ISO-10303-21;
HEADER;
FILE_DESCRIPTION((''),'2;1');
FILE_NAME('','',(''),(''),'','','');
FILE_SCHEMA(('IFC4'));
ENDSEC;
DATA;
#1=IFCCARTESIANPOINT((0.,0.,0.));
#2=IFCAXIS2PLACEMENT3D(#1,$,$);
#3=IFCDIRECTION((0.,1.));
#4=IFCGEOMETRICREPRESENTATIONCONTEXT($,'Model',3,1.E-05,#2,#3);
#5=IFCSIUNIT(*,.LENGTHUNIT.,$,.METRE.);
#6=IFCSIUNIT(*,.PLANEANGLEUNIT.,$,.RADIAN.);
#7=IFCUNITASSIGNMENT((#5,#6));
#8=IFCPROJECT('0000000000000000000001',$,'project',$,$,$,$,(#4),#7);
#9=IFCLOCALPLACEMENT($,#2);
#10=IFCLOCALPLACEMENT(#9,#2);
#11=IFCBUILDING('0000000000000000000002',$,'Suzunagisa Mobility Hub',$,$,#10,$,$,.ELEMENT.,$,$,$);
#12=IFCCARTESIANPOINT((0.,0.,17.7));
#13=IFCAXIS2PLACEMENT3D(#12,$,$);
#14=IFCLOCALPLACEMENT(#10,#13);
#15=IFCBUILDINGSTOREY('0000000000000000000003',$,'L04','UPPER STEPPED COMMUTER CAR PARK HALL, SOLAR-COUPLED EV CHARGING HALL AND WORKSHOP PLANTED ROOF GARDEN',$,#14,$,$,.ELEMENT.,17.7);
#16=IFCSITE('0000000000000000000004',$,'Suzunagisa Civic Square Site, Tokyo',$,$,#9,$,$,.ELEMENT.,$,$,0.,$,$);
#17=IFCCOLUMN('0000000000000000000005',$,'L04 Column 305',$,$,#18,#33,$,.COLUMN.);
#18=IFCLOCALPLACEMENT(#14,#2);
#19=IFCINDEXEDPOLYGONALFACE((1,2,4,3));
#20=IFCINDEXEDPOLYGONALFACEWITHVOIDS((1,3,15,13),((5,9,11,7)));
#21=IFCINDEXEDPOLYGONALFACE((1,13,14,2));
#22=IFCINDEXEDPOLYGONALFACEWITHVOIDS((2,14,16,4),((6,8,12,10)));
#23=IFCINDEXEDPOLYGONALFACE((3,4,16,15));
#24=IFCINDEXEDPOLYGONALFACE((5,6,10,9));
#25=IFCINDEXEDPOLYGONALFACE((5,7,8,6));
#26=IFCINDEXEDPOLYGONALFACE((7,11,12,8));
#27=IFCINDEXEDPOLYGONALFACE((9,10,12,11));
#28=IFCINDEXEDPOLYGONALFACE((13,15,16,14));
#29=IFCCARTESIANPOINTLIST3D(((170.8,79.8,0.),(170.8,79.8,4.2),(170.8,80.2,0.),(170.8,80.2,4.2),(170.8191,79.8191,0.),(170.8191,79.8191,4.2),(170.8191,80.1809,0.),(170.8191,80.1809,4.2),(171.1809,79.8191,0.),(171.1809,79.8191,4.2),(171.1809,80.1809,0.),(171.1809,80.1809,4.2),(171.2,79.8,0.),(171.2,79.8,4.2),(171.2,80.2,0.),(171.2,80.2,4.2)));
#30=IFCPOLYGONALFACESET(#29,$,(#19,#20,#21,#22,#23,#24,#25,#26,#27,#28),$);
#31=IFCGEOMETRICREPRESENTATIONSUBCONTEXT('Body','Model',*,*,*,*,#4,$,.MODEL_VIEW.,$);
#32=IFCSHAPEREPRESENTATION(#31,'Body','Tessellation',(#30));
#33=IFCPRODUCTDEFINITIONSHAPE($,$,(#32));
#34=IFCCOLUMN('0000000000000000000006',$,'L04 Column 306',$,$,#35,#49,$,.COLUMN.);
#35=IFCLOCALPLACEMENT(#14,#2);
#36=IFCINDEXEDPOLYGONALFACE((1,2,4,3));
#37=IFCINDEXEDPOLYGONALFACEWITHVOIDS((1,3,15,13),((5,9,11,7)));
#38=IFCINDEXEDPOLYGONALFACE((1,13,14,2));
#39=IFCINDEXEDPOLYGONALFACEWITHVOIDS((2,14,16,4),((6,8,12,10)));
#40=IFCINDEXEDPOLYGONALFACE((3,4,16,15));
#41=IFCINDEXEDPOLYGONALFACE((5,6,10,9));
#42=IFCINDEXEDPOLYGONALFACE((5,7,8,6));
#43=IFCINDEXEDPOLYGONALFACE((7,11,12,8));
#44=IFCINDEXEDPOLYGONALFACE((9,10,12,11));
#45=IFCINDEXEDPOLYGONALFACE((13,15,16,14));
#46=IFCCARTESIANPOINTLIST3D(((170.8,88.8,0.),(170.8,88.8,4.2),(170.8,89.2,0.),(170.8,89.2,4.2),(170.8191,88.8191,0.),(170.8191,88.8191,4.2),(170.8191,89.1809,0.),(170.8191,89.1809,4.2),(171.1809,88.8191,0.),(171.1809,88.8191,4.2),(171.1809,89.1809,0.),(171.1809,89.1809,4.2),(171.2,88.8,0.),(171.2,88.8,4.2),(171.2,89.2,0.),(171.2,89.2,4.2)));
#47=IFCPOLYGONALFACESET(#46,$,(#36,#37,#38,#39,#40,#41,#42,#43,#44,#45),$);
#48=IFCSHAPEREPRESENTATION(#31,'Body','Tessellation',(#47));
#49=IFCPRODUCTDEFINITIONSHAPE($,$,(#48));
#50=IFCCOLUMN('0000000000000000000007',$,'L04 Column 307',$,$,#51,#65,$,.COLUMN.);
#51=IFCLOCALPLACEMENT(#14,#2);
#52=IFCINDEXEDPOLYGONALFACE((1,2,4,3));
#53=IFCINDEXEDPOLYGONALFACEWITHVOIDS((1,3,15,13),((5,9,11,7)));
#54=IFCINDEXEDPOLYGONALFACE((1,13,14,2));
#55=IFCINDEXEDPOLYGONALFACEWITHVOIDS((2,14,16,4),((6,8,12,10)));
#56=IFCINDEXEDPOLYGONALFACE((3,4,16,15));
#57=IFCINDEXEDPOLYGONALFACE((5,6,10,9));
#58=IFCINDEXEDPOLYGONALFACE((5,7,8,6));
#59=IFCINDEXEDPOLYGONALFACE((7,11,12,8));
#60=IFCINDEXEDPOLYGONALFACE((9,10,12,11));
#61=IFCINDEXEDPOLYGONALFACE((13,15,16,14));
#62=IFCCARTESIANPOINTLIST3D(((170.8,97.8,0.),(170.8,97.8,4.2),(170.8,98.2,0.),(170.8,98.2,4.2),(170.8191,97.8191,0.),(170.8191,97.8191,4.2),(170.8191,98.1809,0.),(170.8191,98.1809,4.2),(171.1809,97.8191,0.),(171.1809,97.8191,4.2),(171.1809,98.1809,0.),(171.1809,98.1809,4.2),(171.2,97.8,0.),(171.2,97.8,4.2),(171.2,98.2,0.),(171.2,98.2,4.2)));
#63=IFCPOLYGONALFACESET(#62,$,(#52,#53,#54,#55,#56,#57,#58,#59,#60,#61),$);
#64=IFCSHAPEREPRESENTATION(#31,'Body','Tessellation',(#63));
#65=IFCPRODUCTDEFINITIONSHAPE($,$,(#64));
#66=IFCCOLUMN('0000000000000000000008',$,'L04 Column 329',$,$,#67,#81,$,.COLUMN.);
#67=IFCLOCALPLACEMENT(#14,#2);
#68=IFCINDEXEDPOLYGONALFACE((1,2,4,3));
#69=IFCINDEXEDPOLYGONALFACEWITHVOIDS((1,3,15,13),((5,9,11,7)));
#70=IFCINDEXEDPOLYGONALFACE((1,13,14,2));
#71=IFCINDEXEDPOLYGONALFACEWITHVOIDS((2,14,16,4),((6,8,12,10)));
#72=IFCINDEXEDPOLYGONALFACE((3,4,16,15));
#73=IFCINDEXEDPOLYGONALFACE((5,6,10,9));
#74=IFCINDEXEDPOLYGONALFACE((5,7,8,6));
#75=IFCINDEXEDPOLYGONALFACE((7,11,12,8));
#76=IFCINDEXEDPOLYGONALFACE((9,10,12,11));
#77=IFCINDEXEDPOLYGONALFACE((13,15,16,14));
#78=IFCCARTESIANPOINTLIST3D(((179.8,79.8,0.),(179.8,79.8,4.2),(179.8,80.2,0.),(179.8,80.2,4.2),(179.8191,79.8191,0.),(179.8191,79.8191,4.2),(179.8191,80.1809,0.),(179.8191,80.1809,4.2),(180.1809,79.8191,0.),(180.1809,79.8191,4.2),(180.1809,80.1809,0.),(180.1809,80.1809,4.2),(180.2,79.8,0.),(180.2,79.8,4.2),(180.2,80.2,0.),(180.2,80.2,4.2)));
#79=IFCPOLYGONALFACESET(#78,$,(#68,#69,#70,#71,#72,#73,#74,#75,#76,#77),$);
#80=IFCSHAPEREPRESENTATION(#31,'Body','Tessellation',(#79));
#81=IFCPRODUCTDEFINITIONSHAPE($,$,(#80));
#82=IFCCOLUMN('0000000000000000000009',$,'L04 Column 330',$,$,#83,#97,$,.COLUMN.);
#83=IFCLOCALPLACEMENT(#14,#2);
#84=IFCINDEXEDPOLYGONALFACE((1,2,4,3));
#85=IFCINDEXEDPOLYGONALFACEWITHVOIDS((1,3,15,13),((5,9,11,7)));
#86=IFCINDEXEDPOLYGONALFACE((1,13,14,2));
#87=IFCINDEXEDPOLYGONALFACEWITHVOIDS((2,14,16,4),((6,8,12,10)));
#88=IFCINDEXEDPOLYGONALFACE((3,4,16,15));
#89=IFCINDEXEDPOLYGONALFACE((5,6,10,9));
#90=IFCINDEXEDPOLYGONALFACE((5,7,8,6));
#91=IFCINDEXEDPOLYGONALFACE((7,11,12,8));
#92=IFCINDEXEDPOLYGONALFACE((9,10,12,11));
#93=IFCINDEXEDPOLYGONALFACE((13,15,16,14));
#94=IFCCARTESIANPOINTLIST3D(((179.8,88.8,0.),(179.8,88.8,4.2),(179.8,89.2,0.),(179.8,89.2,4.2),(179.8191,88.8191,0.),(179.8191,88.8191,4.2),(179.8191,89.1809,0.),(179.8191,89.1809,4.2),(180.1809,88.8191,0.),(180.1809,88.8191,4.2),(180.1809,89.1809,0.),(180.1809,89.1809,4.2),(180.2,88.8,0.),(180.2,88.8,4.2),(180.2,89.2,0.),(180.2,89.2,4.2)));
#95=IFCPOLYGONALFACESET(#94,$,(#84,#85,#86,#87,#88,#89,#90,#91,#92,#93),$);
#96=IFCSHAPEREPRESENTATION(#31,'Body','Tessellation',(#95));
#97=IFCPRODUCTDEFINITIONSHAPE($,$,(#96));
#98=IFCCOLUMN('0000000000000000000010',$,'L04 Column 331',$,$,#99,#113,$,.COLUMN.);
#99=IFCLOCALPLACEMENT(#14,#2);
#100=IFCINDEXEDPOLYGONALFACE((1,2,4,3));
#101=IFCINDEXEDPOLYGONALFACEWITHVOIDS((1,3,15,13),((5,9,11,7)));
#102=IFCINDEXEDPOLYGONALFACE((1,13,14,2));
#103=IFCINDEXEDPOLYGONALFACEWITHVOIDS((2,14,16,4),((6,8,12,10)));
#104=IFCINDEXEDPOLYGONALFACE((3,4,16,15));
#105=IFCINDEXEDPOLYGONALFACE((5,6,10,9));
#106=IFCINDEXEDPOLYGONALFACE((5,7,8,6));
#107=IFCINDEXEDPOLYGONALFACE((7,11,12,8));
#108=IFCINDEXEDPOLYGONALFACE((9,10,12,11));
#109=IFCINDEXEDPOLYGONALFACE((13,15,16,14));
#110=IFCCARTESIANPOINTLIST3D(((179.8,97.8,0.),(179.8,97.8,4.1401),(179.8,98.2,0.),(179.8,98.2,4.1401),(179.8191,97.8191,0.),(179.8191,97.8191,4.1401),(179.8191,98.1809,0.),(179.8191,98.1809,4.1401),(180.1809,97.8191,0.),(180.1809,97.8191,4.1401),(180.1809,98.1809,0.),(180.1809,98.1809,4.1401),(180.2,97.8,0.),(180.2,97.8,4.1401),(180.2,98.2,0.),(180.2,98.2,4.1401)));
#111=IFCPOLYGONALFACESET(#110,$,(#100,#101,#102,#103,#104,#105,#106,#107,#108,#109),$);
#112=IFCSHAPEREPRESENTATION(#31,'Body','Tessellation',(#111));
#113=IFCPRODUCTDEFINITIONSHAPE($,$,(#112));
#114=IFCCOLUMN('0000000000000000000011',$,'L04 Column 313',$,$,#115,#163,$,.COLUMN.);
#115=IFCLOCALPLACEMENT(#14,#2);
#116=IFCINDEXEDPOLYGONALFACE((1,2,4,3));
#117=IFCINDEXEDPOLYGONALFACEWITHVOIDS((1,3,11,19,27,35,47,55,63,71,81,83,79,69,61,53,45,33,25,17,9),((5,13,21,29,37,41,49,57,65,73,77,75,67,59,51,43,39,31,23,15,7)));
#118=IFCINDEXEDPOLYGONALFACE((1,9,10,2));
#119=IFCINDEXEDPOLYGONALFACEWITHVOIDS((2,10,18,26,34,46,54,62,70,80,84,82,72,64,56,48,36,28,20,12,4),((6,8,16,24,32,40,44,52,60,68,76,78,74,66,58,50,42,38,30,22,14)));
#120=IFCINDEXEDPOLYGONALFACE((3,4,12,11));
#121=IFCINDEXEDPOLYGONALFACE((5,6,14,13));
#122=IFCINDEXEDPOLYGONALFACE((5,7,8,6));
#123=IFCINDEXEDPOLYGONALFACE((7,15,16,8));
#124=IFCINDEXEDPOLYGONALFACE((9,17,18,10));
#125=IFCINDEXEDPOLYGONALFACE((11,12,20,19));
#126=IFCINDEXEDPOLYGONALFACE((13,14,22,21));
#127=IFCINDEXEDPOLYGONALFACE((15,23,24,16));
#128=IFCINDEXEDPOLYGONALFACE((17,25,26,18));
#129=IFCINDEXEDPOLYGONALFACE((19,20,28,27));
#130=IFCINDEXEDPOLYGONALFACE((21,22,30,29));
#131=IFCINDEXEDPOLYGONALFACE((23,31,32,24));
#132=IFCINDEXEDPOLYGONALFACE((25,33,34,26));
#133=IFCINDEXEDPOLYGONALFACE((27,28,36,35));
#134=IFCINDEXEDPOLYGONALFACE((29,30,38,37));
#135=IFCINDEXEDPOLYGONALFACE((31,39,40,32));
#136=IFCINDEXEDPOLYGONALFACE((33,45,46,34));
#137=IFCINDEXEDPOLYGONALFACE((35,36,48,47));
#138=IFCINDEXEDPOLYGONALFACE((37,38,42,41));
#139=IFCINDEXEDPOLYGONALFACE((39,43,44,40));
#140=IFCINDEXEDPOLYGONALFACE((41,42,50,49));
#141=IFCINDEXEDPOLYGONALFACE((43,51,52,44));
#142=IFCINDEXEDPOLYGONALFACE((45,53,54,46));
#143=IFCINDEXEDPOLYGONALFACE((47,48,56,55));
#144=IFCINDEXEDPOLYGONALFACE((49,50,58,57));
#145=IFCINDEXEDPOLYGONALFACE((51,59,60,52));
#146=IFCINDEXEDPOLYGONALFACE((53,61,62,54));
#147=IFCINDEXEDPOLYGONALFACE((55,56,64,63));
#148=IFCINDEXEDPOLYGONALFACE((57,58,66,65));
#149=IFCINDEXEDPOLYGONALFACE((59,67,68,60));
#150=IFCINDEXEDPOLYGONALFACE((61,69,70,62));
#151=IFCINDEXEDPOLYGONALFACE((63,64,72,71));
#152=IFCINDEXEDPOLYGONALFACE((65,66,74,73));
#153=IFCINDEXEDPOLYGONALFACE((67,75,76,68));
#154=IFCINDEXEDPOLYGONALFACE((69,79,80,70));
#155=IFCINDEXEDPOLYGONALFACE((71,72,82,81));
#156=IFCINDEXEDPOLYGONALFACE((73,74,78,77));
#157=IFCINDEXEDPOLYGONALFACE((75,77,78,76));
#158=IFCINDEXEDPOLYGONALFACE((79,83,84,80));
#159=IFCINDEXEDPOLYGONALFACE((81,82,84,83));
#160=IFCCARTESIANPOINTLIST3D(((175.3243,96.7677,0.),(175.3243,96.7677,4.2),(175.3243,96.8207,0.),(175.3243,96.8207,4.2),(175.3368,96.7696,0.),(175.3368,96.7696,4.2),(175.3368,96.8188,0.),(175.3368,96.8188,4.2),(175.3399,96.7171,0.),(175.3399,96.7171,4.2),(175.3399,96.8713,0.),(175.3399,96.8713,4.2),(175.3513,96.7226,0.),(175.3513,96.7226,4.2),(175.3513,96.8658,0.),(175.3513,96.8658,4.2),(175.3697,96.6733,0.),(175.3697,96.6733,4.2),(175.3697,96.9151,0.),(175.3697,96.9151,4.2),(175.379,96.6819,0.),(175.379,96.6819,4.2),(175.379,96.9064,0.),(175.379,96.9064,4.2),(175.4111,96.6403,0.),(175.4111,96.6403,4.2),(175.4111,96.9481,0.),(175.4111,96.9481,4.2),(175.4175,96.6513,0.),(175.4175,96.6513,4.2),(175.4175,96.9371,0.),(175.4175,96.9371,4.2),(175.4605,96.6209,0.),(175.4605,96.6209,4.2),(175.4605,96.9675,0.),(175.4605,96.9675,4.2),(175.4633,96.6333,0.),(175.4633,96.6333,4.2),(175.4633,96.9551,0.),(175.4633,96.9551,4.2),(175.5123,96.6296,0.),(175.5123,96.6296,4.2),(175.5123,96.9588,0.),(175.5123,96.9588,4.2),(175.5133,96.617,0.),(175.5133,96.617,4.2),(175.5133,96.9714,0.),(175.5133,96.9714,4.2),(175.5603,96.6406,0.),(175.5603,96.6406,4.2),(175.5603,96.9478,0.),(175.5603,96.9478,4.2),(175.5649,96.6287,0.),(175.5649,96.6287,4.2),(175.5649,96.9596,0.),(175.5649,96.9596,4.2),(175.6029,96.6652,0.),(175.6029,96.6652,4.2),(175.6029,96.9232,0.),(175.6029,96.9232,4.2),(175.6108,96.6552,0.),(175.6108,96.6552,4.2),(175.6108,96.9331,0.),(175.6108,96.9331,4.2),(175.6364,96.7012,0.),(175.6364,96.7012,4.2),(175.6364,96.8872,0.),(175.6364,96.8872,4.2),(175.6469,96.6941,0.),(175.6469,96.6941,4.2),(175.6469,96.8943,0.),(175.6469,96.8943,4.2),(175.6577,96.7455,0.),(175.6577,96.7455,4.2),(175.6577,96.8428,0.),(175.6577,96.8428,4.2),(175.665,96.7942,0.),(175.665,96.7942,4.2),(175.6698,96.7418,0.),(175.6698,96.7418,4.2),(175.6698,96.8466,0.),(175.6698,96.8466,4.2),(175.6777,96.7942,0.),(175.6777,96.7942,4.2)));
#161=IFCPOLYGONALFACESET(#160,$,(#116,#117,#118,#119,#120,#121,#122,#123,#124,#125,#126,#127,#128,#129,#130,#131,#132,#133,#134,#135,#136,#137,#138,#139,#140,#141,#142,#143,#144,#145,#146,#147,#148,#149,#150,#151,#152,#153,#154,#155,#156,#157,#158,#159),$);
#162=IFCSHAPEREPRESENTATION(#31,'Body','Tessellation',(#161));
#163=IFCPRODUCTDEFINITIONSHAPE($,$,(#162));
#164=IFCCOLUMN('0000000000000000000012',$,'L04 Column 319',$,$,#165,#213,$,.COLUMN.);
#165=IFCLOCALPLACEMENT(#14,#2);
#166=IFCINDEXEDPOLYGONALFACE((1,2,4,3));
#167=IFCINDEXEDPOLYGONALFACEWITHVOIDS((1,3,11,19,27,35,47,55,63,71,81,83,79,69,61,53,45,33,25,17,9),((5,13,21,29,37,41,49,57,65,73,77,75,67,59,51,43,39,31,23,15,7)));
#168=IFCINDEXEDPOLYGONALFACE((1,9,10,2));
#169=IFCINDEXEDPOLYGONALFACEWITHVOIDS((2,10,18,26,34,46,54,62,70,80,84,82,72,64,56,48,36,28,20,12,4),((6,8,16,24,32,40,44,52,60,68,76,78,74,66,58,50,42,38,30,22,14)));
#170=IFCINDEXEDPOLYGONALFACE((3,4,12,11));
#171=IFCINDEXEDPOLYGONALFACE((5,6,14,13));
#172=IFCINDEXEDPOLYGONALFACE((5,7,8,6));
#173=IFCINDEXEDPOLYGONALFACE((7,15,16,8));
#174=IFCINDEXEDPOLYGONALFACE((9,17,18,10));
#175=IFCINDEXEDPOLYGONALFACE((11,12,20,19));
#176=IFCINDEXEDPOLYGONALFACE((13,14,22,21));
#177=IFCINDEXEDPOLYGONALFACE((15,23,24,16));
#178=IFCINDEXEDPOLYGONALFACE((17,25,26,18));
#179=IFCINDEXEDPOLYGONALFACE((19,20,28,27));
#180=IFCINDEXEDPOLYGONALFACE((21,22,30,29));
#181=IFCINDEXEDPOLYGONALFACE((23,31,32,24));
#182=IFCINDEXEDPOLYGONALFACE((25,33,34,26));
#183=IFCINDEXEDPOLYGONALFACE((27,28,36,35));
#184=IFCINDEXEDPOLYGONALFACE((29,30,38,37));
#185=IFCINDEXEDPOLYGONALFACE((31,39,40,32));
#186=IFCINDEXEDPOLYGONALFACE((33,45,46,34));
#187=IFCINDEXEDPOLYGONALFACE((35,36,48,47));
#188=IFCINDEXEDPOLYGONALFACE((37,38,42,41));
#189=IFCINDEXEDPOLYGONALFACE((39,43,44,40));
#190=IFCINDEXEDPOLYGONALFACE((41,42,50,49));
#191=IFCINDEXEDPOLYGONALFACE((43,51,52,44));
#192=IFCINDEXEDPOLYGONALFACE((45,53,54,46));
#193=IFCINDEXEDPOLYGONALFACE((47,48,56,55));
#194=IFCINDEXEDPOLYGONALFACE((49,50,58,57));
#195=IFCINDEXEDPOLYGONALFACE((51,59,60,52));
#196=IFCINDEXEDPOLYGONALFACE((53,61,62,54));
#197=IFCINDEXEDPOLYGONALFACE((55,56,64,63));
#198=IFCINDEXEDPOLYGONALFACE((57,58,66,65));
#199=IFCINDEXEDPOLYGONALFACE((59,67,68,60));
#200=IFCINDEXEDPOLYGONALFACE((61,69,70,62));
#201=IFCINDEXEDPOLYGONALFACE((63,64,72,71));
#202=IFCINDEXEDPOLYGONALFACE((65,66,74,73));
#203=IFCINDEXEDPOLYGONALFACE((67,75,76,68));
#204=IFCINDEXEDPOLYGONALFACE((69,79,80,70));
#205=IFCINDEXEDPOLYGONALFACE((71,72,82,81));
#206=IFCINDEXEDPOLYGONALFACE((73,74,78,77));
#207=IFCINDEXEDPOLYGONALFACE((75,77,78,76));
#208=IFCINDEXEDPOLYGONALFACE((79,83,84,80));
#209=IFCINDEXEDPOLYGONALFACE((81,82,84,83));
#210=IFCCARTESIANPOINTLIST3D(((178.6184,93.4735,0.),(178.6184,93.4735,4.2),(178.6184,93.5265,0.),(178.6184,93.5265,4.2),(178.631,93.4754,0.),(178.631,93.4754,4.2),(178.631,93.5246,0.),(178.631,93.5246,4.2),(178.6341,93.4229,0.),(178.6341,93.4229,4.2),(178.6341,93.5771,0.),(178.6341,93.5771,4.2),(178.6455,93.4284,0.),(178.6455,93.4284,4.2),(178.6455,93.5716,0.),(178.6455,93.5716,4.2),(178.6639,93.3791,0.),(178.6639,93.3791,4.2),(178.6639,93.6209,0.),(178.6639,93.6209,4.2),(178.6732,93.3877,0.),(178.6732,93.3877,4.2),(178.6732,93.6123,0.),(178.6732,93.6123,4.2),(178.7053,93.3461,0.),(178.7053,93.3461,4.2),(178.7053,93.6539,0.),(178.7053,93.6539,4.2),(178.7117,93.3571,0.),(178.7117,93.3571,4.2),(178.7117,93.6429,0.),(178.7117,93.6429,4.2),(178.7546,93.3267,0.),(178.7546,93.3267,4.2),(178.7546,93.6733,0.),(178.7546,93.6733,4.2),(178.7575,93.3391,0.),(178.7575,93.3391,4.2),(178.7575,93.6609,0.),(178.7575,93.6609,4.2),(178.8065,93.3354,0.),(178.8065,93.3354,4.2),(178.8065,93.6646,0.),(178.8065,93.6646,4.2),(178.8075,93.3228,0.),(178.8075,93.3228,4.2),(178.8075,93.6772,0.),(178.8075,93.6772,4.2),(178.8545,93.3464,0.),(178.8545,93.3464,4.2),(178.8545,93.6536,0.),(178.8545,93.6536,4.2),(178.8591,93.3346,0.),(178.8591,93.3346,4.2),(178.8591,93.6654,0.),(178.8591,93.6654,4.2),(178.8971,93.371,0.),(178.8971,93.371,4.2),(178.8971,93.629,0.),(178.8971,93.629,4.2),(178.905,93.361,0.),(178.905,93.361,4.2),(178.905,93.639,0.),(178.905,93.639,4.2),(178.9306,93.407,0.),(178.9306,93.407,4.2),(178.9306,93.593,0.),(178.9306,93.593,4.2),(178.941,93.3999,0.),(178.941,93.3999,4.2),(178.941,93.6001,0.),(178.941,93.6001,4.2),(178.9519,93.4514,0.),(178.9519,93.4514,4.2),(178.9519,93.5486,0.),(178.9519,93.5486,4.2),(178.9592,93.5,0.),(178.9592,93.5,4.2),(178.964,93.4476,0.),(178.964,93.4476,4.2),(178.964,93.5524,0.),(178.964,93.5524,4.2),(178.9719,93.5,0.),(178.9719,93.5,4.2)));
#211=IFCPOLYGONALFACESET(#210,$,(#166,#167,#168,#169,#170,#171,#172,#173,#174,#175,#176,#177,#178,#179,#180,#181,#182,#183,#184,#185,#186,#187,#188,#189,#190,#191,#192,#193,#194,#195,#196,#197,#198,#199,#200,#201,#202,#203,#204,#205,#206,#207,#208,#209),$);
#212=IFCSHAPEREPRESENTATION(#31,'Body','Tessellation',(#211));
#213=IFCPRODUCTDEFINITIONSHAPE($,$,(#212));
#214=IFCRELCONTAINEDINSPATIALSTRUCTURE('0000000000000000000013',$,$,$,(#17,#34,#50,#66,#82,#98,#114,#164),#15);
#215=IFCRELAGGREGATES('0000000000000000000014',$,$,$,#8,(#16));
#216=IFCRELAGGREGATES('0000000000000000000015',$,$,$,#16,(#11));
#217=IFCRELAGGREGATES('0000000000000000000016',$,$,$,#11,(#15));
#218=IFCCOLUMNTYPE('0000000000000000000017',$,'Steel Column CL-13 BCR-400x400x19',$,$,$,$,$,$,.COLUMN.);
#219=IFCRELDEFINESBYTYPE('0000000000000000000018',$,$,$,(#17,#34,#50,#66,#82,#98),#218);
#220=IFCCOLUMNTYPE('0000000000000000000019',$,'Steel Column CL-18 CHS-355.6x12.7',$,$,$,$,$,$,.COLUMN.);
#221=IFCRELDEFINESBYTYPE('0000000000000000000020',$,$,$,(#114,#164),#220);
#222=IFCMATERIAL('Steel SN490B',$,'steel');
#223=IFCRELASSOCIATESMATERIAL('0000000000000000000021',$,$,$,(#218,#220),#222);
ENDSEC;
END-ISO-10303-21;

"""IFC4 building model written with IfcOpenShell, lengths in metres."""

from ifc_helpers import new_model, si_unit, direction, frame, origin, origin_2d, place, context, subcontext, project, spatial, hollow_rectangle, hollow_circle, extrude, material, material_profile, profile_set, type_object, element, save


model = new_model("IFC4")

# Units and contexts
model_context = context("Model", 3, precision=1e-05, world=origin(), true_north=direction((0.0, 1.0)))
body_context = subcontext(model_context, "Body", "Model", "MODEL_VIEW")
ifc_project = project(units=[si_unit("LENGTHUNIT", "METRE"), si_unit("PLANEANGLEUNIT", "RADIAN")], contexts=[model_context])

# Site, building, storey
site_placement = place(None, origin())
site = spatial("IfcSite", under=ifc_project, at=site_placement, Name="Suzunagisa Civic Square Site, Tokyo", CompositionType="ELEMENT", RefElevation=0.0)
building_placement = place(site_placement, origin())
building = spatial("IfcBuilding", under=site, at=building_placement, Name="Suzunagisa Mobility Hub", CompositionType="ELEMENT")
storey_placement = place(building_placement, frame((0.0, 0.0, 17.7)))
storey = spatial("IfcBuildingStorey", under=building, at=storey_placement, Name="L04", Description="UPPER STEPPED COMMUTER CAR PARK HALL, SOLAR-COUPLED EV CHARGING HALL AND WORKSHOP PLANTED ROOF GARDEN", CompositionType="ELEMENT", Elevation=17.7)

# Columns
ifc_material_1 = material(Name="Steel SN490B", Category="steel")
ifc_material_profile_1 = material_profile(ifc_material_1, hollow_rectangle(XDim=0.3999, YDim=0.3999, WallThickness=0.019, at=origin_2d()), Name="BCR-400x400x19")
ifc_profile_set_1 = profile_set([ifc_material_profile_1], Name="Steel SN490B")
column_type_1 = type_object("IfcColumnType", Name="Steel Column CL-13 BCR-400x400x19", PredefinedType="COLUMN", material=ifc_profile_set_1)
for number, where, z_axis, x_axis, name in (
    (1, (171.0, 80.0, 0.0), (0.0, 0.0, 1.0), (1.0, 0.0, 0.0), "L04 Column 305"),
    (2, (171.0, 89.0, 0.0), (0.0, 0.0, 1.0), (1.0, 0.0, 0.0), "L04 Column 306"),
    (3, (171.0, 98.0, 0.0), (0.0, 0.0, 1.0), (1.0, 0.0, 0.0), "L04 Column 307"),
    (4, (180.0, 80.0, 0.0), (0.0, 0.0, 1.0), (1.0, 0.0, 0.0), "L04 Column 329"),
    (5, (180.0, 89.0, 0.0), (0.0, 0.0, 1.0), (1.0, 0.0, 0.0), "L04 Column 330"),
):
    element("IfcColumn", number, at=place(storey_placement, frame(where, z_axis=z_axis, x_axis=x_axis)), inside=storey, type_object=column_type_1, Name=name, PredefinedType="COLUMN", context=body_context, shape_type="SweptSolid", body=[
        extrude(hollow_rectangle(XDim=0.3999, YDim=0.3999, WallThickness=0.019, at=origin_2d()), origin(), (0.0, 0.0, 1.0), 4.2),
    ])
column_placement = place(storey_placement, frame((180.0, 98.0, 0.0), z_axis=(0.0, 0.0, 1.0), x_axis=(1.0, 0.0, 0.0)))
element("IfcColumn", 6, at=column_placement, inside=storey, type_object=column_type_1, Name="L04 Column 331", PredefinedType="COLUMN", context=body_context, shape_type="SweptSolid", body=[
    extrude(hollow_rectangle(XDim=0.3999, YDim=0.3999, WallThickness=0.019, at=origin_2d()), origin(), (0.0, 0.0, 1.0), 4.1401),
])
ifc_material_profile_2 = material_profile(ifc_material_1, hollow_circle(Radius=0.1777, WallThickness=0.0127, at=origin_2d()), Name="CHS-355.6x12.7")
ifc_profile_set_2 = profile_set([ifc_material_profile_2], Name="Steel SN490B")
column_type_2 = type_object("IfcColumnType", Name="Steel Column CL-18 CHS-355.6x12.7", PredefinedType="COLUMN", material=ifc_profile_set_2)
for number, where, z_axis, x_axis, name in (
    (7, (175.5, 96.7942, 0.0), (0.0, 0.0, 1.0), (1.0, 0.0, 0.0), "L04 Column 313"),
    (8, (178.7942, 93.5, 0.0), (0.0, 0.0, 1.0), (1.0, 0.0, 0.0), "L04 Column 319"),
):
    element("IfcColumn", number, at=place(storey_placement, frame(where, z_axis=z_axis, x_axis=x_axis)), inside=storey, type_object=column_type_2, Name=name, PredefinedType="COLUMN", context=body_context, shape_type="SweptSolid", body=[
        extrude(hollow_circle(Radius=0.1777, WallThickness=0.0127, at=origin_2d()), origin(), (0.0, 0.0, 1.0), 4.2),
    ])

save(model, "model.ifc")
